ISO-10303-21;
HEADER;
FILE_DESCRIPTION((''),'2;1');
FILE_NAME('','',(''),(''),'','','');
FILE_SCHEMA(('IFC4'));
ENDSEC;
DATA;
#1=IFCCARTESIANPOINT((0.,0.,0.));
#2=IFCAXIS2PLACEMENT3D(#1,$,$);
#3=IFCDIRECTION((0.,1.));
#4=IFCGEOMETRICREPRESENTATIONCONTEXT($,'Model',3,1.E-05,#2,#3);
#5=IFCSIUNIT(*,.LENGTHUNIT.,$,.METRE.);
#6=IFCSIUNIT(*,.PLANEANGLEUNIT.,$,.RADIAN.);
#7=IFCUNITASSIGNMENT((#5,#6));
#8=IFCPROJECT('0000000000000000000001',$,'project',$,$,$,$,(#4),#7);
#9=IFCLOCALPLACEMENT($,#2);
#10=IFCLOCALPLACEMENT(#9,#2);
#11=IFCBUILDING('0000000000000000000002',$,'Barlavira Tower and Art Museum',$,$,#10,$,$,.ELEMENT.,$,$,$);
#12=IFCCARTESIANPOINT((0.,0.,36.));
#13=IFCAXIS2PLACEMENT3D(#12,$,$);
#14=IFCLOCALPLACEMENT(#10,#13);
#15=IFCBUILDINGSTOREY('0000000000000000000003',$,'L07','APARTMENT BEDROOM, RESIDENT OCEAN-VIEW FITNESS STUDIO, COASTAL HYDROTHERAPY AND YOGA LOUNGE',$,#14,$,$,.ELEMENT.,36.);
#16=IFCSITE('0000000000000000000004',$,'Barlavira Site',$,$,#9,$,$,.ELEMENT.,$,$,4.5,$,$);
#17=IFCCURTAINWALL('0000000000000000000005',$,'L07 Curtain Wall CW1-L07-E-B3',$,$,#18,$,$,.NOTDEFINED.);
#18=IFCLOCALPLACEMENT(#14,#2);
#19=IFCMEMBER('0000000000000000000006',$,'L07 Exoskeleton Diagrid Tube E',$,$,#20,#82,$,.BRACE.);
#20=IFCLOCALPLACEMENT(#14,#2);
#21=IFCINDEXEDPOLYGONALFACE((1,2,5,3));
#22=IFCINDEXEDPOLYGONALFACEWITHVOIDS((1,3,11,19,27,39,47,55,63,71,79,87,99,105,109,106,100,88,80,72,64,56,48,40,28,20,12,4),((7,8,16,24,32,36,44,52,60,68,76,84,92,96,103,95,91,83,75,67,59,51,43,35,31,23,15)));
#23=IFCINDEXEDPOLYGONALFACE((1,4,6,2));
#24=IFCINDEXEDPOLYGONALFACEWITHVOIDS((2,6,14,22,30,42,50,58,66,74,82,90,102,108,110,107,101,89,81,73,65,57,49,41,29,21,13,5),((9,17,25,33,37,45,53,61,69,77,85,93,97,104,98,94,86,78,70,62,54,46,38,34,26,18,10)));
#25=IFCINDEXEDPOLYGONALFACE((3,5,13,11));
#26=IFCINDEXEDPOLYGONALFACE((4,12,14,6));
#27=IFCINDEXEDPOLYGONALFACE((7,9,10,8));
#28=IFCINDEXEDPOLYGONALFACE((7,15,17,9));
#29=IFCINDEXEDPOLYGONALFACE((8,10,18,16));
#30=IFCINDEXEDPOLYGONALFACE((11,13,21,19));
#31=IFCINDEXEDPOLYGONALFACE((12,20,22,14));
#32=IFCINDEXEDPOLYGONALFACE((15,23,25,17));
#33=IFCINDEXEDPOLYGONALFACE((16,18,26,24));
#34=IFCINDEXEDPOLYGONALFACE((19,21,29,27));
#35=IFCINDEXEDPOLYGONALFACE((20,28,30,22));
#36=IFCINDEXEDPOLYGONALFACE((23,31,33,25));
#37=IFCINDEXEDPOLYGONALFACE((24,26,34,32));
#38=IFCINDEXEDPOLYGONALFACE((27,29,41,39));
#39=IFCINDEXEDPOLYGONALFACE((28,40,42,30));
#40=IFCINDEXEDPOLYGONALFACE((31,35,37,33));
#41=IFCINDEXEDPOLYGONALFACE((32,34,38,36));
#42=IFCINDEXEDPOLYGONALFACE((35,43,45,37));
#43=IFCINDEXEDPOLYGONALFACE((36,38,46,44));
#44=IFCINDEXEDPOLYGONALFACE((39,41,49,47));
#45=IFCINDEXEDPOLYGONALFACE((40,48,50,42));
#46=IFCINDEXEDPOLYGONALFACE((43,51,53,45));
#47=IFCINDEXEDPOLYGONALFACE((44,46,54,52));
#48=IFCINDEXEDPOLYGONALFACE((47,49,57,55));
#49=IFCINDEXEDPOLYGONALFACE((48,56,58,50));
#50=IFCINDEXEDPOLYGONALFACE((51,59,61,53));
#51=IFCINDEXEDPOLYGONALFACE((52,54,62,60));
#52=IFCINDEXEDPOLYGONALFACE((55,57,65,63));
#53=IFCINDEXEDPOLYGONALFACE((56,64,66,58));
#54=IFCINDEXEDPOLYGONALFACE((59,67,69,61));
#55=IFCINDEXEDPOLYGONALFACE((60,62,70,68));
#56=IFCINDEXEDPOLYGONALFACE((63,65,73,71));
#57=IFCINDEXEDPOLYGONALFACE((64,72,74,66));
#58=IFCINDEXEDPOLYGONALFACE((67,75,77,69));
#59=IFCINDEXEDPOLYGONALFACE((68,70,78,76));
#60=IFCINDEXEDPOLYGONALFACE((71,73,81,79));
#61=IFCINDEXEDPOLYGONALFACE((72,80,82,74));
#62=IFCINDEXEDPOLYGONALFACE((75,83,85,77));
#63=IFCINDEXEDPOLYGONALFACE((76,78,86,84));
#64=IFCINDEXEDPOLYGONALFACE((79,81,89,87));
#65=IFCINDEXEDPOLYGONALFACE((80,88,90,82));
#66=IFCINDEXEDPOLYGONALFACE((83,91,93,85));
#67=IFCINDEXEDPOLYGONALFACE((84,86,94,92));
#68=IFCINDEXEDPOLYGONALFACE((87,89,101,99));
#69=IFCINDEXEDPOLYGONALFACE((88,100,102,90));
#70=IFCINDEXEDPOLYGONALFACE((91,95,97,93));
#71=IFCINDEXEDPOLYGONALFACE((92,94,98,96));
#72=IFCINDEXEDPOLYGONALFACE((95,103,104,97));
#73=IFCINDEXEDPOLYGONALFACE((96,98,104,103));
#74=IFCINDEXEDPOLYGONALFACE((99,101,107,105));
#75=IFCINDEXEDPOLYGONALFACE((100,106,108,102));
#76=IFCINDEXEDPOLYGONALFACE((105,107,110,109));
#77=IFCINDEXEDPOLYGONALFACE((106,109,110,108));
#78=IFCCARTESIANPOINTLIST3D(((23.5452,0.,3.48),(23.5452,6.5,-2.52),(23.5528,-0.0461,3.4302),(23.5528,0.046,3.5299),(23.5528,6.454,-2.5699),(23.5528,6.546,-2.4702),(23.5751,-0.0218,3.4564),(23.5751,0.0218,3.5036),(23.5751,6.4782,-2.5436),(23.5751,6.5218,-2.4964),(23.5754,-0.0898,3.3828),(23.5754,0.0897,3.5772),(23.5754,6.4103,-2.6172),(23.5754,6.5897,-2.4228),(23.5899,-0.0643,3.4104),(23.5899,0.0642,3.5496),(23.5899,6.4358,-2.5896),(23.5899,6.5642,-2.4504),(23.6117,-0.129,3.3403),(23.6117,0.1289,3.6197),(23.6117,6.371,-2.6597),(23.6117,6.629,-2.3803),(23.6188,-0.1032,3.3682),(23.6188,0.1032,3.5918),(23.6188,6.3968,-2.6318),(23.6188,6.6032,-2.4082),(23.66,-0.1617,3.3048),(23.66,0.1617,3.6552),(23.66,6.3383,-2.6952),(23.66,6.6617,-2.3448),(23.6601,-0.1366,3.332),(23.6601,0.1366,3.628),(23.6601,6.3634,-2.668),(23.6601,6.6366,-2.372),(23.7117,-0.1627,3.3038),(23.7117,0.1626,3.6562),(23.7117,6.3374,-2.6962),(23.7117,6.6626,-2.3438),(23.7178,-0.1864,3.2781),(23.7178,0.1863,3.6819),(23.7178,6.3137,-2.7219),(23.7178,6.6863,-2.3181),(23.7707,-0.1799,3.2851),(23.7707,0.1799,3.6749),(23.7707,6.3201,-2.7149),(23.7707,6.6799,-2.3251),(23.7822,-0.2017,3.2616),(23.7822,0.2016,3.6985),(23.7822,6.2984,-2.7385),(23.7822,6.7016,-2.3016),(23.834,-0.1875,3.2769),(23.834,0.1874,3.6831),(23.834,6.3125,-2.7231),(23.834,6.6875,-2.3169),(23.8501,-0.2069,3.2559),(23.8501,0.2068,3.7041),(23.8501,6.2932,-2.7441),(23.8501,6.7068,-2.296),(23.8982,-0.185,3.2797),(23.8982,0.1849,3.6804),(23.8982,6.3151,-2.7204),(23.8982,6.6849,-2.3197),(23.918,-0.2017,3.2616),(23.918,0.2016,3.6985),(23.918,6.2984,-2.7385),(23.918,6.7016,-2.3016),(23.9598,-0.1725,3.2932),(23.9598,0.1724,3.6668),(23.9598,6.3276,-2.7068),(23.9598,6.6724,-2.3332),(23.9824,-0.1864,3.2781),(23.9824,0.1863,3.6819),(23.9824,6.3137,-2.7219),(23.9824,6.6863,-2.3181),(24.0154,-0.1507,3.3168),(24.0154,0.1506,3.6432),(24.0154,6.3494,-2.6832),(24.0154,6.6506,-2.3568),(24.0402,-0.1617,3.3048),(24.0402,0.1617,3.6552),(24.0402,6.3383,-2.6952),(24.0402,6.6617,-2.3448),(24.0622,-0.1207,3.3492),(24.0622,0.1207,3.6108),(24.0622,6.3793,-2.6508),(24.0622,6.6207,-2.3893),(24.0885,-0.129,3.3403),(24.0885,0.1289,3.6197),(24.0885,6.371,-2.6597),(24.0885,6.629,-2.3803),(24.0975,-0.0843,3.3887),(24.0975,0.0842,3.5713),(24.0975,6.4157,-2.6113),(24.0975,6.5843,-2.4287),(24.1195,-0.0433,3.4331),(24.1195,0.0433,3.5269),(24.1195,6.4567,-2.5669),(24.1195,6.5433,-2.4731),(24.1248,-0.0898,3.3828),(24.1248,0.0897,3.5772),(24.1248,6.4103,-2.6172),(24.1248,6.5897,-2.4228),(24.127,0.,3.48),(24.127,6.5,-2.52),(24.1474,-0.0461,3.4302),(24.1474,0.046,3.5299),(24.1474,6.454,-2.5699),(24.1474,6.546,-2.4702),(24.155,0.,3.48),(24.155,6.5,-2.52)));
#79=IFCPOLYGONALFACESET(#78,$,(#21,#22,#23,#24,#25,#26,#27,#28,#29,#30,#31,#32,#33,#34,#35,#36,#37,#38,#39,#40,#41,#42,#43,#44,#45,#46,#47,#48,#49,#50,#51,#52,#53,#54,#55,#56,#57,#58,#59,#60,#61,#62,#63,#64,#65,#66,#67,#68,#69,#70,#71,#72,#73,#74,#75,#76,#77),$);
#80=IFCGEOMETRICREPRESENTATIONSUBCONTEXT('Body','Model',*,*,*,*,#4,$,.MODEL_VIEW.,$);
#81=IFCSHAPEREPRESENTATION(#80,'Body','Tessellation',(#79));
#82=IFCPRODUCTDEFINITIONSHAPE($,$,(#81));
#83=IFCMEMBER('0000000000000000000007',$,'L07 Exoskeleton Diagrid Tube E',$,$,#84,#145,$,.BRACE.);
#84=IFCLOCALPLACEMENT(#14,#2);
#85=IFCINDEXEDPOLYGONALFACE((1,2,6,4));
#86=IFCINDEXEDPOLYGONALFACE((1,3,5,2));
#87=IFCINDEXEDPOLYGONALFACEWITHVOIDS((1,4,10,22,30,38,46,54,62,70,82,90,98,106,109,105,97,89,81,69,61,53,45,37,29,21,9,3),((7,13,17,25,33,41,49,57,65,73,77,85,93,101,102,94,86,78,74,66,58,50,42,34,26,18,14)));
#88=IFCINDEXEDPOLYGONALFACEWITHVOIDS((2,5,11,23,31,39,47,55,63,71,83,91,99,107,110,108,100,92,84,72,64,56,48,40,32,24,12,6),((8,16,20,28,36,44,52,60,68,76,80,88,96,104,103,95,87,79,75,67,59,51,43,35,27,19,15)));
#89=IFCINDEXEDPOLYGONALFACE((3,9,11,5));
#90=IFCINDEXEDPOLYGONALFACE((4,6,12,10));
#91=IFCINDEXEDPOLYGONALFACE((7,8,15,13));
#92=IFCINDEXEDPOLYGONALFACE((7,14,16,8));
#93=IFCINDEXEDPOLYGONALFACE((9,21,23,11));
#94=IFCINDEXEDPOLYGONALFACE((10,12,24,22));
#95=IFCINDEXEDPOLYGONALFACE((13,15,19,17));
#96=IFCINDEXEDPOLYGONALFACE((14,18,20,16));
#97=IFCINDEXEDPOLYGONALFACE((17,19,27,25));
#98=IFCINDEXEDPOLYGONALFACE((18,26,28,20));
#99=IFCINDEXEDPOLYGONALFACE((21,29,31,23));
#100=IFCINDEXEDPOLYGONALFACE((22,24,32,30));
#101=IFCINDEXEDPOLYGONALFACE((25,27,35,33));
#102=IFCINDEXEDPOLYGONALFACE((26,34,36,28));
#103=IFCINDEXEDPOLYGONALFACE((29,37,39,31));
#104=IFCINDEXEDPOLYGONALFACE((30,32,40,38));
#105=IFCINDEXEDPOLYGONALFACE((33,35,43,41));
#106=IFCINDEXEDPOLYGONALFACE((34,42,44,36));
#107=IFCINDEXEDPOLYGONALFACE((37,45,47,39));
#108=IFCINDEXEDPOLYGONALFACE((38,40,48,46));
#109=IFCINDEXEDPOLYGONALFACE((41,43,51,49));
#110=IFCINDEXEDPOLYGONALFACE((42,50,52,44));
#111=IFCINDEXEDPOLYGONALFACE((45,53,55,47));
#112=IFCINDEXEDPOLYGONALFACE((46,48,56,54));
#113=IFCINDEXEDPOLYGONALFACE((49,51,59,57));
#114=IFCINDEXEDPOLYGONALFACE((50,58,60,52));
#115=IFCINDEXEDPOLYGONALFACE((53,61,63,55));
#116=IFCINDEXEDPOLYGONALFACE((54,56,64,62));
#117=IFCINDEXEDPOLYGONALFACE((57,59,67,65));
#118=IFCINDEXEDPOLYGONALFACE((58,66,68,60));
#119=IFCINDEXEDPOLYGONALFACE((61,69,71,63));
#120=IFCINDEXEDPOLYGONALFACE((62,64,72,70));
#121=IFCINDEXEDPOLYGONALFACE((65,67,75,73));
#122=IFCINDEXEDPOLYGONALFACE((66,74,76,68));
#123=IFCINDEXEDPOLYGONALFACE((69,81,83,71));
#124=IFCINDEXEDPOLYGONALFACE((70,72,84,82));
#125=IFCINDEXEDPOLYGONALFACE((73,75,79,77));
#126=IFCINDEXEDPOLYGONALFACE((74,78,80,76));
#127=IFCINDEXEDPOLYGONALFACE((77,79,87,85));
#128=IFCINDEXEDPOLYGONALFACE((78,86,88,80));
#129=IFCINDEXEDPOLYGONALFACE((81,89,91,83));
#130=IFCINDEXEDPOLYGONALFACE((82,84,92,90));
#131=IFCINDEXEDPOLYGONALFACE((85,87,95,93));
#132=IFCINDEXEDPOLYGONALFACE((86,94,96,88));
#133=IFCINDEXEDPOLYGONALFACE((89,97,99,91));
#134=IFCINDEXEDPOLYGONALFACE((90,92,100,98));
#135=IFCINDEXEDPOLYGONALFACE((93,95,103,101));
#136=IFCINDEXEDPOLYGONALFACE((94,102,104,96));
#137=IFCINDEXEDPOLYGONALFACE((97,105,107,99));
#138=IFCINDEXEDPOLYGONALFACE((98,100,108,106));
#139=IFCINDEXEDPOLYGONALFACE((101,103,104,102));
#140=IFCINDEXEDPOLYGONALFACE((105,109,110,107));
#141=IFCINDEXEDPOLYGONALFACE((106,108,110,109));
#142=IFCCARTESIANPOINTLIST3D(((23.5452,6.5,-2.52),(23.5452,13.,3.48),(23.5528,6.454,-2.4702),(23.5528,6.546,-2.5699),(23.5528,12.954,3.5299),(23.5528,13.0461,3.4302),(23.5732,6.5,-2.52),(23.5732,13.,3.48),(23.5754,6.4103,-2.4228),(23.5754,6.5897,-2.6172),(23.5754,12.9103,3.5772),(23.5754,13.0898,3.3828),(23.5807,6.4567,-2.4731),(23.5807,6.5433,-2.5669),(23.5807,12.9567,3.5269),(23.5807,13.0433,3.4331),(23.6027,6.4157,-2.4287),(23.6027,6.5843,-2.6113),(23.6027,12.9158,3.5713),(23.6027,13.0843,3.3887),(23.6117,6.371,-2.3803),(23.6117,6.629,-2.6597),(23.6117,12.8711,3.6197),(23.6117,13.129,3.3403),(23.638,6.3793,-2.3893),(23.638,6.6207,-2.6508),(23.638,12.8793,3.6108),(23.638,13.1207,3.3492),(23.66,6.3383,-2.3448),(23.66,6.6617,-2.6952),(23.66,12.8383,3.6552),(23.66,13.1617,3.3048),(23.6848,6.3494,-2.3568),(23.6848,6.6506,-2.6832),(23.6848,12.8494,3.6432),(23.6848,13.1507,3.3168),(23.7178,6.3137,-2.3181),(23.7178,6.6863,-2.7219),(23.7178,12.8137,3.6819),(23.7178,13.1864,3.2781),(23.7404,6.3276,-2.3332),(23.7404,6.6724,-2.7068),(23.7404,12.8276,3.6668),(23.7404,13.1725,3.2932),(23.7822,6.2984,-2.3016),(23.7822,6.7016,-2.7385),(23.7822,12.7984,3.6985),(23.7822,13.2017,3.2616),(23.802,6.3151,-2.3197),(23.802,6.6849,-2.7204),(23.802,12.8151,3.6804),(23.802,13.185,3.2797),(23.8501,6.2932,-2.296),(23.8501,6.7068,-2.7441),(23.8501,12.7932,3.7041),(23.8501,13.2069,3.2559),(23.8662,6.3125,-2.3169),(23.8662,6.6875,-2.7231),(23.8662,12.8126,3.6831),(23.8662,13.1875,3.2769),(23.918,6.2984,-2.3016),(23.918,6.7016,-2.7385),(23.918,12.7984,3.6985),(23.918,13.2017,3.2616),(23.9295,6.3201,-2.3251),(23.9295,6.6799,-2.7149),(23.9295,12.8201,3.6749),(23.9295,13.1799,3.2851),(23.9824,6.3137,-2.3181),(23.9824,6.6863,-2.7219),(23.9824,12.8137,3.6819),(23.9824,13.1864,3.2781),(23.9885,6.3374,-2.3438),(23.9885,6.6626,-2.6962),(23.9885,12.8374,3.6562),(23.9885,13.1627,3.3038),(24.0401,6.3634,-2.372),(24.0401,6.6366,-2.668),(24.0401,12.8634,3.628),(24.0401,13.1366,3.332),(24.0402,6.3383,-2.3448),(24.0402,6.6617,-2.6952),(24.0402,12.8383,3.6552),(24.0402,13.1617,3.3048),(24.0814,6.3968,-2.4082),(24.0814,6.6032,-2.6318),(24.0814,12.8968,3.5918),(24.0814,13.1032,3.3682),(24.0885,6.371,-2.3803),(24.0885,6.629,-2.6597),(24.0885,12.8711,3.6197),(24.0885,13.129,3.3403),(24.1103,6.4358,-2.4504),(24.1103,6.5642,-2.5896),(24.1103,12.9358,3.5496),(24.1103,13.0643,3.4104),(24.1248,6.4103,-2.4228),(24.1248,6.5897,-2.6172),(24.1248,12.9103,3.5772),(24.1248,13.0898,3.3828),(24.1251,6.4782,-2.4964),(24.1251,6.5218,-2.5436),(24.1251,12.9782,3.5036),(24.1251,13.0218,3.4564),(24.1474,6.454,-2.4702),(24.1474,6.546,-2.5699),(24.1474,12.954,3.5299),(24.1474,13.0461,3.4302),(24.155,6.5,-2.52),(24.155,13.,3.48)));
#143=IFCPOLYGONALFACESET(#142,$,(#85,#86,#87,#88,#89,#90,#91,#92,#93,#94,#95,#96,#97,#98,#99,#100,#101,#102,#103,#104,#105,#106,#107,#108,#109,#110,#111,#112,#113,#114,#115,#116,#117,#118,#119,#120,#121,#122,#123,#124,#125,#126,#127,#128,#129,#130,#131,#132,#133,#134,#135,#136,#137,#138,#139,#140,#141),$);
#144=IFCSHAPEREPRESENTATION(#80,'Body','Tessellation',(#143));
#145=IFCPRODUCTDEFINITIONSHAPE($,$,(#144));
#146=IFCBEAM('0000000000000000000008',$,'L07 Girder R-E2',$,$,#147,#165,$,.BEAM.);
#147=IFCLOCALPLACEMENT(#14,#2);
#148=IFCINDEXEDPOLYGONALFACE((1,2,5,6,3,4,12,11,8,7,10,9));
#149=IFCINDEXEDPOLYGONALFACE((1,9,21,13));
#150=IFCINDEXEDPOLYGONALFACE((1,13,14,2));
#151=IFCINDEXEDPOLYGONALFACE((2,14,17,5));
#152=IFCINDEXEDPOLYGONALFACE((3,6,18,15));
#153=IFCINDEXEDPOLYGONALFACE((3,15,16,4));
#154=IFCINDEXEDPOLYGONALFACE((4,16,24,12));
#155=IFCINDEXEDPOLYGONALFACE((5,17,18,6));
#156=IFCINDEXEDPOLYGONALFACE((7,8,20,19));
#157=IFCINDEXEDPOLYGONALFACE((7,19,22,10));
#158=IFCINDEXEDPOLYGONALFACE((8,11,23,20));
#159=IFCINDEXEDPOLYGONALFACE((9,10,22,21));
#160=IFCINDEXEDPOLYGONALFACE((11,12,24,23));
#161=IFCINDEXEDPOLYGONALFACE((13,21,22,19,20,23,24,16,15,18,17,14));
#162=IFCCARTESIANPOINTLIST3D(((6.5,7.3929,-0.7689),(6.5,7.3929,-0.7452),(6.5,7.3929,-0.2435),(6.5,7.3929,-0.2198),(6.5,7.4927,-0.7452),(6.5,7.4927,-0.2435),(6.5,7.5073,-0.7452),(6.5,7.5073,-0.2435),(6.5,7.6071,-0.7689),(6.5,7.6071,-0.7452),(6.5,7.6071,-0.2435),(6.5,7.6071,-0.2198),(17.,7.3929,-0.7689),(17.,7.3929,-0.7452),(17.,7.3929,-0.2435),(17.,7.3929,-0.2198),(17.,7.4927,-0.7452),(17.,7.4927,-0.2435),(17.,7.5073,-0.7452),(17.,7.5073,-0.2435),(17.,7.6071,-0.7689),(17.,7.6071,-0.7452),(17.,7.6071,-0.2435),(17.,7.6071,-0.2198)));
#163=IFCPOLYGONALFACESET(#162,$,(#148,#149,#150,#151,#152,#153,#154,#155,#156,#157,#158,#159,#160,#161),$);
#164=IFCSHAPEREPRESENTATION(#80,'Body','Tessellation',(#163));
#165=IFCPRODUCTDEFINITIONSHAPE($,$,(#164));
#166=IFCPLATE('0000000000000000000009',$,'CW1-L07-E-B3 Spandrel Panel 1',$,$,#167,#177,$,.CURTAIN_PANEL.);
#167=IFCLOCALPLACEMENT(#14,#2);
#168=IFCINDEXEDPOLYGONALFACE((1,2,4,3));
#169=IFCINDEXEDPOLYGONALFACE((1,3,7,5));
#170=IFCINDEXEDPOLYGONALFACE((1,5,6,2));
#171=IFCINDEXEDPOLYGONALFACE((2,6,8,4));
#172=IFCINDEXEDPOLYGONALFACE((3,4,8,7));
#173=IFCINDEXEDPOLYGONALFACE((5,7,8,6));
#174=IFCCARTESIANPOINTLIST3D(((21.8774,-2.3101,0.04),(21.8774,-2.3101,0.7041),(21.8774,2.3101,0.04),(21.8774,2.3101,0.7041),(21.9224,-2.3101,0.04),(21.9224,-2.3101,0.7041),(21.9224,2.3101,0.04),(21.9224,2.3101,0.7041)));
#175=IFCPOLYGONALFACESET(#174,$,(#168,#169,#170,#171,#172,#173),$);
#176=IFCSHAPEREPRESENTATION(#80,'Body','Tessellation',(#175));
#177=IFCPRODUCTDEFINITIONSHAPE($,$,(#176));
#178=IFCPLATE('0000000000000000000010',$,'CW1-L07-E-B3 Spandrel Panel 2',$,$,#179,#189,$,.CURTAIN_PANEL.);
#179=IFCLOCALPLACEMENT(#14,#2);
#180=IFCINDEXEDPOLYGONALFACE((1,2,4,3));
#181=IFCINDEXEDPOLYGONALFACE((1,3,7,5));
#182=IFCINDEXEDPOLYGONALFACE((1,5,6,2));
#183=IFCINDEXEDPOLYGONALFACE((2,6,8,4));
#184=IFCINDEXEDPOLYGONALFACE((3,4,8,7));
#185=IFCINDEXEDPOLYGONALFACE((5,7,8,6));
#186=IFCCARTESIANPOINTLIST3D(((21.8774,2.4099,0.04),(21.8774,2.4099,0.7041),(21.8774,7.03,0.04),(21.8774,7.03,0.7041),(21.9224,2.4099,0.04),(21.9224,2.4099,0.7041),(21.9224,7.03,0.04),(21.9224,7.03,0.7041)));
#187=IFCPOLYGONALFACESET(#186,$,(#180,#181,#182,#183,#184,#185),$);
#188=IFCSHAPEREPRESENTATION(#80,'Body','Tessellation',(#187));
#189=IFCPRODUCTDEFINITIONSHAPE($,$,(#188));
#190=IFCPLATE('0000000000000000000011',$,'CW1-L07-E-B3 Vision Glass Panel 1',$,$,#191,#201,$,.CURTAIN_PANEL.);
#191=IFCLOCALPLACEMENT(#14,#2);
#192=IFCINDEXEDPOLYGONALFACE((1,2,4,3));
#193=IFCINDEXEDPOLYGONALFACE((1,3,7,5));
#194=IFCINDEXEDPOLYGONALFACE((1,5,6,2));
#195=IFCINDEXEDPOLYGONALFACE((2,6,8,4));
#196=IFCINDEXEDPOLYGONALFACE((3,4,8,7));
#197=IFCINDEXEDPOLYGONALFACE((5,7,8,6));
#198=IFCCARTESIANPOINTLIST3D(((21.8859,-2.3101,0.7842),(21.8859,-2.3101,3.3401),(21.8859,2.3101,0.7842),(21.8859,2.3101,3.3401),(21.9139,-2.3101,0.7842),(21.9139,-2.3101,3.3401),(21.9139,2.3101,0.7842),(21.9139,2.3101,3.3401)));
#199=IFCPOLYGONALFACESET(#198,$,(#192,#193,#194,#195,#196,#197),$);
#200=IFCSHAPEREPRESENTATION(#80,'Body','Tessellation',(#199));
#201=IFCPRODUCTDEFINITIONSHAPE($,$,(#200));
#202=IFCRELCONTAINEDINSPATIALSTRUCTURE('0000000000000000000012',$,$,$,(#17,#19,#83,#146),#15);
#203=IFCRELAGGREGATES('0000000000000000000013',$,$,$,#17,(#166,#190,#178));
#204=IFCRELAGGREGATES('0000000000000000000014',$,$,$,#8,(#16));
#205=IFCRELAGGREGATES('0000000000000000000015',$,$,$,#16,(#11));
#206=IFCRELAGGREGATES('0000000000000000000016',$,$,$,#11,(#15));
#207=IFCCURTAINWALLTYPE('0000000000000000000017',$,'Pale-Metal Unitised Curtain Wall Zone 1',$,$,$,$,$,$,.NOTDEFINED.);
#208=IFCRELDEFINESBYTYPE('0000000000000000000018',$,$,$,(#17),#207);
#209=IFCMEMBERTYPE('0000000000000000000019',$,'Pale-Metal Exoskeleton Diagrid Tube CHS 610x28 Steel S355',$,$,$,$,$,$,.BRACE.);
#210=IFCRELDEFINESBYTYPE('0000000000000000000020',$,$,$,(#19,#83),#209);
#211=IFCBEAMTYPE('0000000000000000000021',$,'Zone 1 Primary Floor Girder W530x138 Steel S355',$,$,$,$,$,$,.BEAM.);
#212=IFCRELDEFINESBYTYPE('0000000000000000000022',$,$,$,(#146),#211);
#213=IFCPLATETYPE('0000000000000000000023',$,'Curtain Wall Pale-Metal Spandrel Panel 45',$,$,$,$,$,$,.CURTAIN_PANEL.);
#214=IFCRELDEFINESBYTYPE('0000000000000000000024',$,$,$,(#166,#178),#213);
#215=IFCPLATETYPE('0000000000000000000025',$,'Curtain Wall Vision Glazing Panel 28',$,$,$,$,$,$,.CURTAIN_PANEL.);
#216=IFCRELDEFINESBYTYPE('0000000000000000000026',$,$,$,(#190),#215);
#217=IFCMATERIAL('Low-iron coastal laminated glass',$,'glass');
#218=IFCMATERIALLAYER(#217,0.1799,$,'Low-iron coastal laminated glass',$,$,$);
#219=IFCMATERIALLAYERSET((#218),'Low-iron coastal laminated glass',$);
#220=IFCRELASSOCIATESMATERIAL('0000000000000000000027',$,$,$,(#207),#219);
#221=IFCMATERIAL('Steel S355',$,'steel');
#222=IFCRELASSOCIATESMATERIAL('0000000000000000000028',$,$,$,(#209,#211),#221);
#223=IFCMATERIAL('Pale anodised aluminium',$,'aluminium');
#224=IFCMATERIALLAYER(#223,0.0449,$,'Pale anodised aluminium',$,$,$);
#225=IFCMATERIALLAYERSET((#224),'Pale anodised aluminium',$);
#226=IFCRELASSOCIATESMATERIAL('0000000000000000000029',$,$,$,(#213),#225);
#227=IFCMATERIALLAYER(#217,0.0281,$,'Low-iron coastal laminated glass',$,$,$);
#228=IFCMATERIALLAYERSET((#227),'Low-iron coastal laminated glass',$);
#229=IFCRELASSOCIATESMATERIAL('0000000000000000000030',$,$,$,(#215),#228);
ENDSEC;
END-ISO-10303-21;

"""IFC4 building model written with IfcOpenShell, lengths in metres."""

from ifc_helpers import new_model, si_unit, direction, frame, origin, origin_2d, place, context, subcontext, project, spatial, rectangle, hollow_circle, i_section, extrude, material, layer, layer_set, material_profile, profile_set, type_object, element, aggregate, save


model = new_model("IFC4")

# Units and contexts
model_context = context("Model", 3, precision=1e-05, world=origin(), true_north=direction((0.0, 1.0)))
body_context = subcontext(model_context, "Body", "Model", "MODEL_VIEW")
ifc_project = project(units=[si_unit("LENGTHUNIT", "METRE"), si_unit("PLANEANGLEUNIT", "RADIAN")], contexts=[model_context])

# Site, building, storey
site_placement = place(None, origin())
site = spatial("IfcSite", under=ifc_project, at=site_placement, Name="Barlavira Site", CompositionType="ELEMENT", RefElevation=4.5)
building_placement = place(site_placement, origin())
building = spatial("IfcBuilding", under=site, at=building_placement, Name="Barlavira Tower and Art Museum", CompositionType="ELEMENT")
storey_placement = place(building_placement, frame((0.0, 0.0, 36.0)))
storey = spatial("IfcBuildingStorey", under=building, at=storey_placement, Name="L07", Description="APARTMENT BEDROOM, RESIDENT OCEAN-VIEW FITNESS STUDIO, COASTAL HYDROTHERAPY AND YOGA LOUNGE", CompositionType="ELEMENT", Elevation=36.0)

# Curtain wall
ifc_material_1 = material(Name="Low-iron coastal laminated glass", Category="glass")
ifc_layer_1 = layer(ifc_material_1, 0.1799, Name="Low-iron coastal laminated glass")
ifc_layer_set_1 = layer_set([ifc_layer_1], Name="Low-iron coastal laminated glass")
curtain_wall_type = type_object("IfcCurtainWallType", Name="Pale-Metal Unitised Curtain Wall Zone 1", PredefinedType="NOTDEFINED", material=ifc_layer_set_1)
curtain_wall_placement = place(storey_placement, origin())
curtain_wall = element("IfcCurtainWall", 1, at=curtain_wall_placement, inside=storey, type_object=curtain_wall_type, Name="L07 Curtain Wall CW1-L07-E-B3", PredefinedType="NOTDEFINED")
ifc_material_2 = material(Name="Pale anodised aluminium", Category="aluminium")

# Members
ifc_material_3 = material(Name="Steel S355", Category="steel")
ifc_material_profile_1 = material_profile(ifc_material_3, hollow_circle(Radius=0.3049, WallThickness=0.0281, at=origin_2d()), Name="CHS 610.0x28.0")
ifc_profile_set_1 = profile_set([ifc_material_profile_1], Name="Steel S355")
member_type_1 = type_object("IfcMemberType", Name="Pale-Metal Exoskeleton Diagrid Tube CHS 610x28 Steel S355", PredefinedType="BRACE", material=ifc_profile_set_1)
for number, where, z_axis, x_axis, name in (
    (2, (23.8501, 6.5, -2.52), (0.0, -0.734803, 0.67828), (1.0, 0.0, 0.0), "L07 Exoskeleton Diagrid Tube E"),
    (3, (23.8501, 6.5, -2.52), (0.0, 0.734803, 0.67828), (-1.0, 0.0, 0.0), "L07 Exoskeleton Diagrid Tube E"),
):
    element("IfcMember", number, at=place(storey_placement, frame(where, z_axis=z_axis, x_axis=x_axis)), inside=storey, type_object=member_type_1, Name=name, PredefinedType="BRACE", context=body_context, shape_type="SweptSolid", body=[
        extrude(hollow_circle(Radius=0.3049, WallThickness=0.0281, at=origin_2d()), origin(), (0.0, 0.0, 1.0), 8.8459),
    ])

# Beam
ifc_material_profile_2 = material_profile(ifc_material_3, i_section(OverallWidth=0.2141, OverallDepth=0.5491, WebThickness=0.0146, FlangeThickness=0.0237, at=origin_2d()), Name="W530x138.0")
ifc_profile_set_2 = profile_set([ifc_material_profile_2], Name="Steel S355")
beam_type = type_object("IfcBeamType", Name="Zone 1 Primary Floor Girder W530x138 Steel S355", PredefinedType="BEAM", material=ifc_profile_set_2)
beam_placement = place(storey_placement, frame((6.5, 7.5, -0.4944), z_axis=(1.0, 0.0, 0.0), x_axis=(0.0, 1.0, 0.0)))
element("IfcBeam", 4, at=beam_placement, inside=storey, type_object=beam_type, Name="L07 Girder R-E2", PredefinedType="BEAM", context=body_context, shape_type="SweptSolid", body=[
    extrude(i_section(OverallWidth=0.2141, OverallDepth=0.5491, WebThickness=0.0146, FlangeThickness=0.0237, at=origin_2d()), origin(), (0.0, 0.0, 1.0), 10.5),
])

# Plates
ifc_layer_2 = layer(ifc_material_2, 0.0449, Name="Pale anodised aluminium")
ifc_layer_set_2 = layer_set([ifc_layer_2], Name="Pale anodised aluminium")
plate_type_1 = type_object("IfcPlateType", Name="Curtain Wall Pale-Metal Spandrel Panel 45", PredefinedType="CURTAIN_PANEL", material=ifc_layer_set_2)
plate_1_placement = place(storey_placement, frame((21.8999, 0.0, 0.04), z_axis=(0.0, 0.0, 1.0), x_axis=(0.0, 1.0, 0.0)))
plate_1 = element("IfcPlate", 5, at=plate_1_placement, type_object=plate_type_1, Name="CW1-L07-E-B3 Spandrel Panel 1", PredefinedType="CURTAIN_PANEL", context=body_context, shape_type="SweptSolid", body=[
    extrude(rectangle(XDim=4.6201, YDim=0.0449, at=origin_2d()), origin(), (0.0, 0.0, 1.0), 0.6641),
])
plate_2_placement = place(storey_placement, frame((21.8999, 4.72, 0.04), z_axis=(0.0, 0.0, 1.0), x_axis=(0.0, 1.0, 0.0)))
plate_2 = element("IfcPlate", 6, at=plate_2_placement, type_object=plate_type_1, Name="CW1-L07-E-B3 Spandrel Panel 2", PredefinedType="CURTAIN_PANEL", context=body_context, shape_type="SweptSolid", body=[
    extrude(rectangle(XDim=4.6201, YDim=0.0449, at=origin_2d()), origin(), (0.0, 0.0, 1.0), 0.6641),
])
ifc_layer_3 = layer(ifc_material_1, 0.0281, Name="Low-iron coastal laminated glass")
ifc_layer_set_3 = layer_set([ifc_layer_3], Name="Low-iron coastal laminated glass")
plate_type_2 = type_object("IfcPlateType", Name="Curtain Wall Vision Glazing Panel 28", PredefinedType="CURTAIN_PANEL", material=ifc_layer_set_3)
plate_3_placement = place(storey_placement, frame((21.8999, 0.0, 0.7842), z_axis=(0.0, 0.0, 1.0), x_axis=(0.0, 1.0, 0.0)))
plate_3 = element("IfcPlate", 7, at=plate_3_placement, type_object=plate_type_2, Name="CW1-L07-E-B3 Vision Glass Panel 1", PredefinedType="CURTAIN_PANEL", context=body_context, shape_type="SweptSolid", body=[
    extrude(rectangle(XDim=4.6201, YDim=0.0281, at=origin_2d()), origin(), (0.0, 0.0, 1.0), 2.5559),
])
aggregate(curtain_wall, [plate_1, plate_3, plate_2])

save(model, "model.ifc")
